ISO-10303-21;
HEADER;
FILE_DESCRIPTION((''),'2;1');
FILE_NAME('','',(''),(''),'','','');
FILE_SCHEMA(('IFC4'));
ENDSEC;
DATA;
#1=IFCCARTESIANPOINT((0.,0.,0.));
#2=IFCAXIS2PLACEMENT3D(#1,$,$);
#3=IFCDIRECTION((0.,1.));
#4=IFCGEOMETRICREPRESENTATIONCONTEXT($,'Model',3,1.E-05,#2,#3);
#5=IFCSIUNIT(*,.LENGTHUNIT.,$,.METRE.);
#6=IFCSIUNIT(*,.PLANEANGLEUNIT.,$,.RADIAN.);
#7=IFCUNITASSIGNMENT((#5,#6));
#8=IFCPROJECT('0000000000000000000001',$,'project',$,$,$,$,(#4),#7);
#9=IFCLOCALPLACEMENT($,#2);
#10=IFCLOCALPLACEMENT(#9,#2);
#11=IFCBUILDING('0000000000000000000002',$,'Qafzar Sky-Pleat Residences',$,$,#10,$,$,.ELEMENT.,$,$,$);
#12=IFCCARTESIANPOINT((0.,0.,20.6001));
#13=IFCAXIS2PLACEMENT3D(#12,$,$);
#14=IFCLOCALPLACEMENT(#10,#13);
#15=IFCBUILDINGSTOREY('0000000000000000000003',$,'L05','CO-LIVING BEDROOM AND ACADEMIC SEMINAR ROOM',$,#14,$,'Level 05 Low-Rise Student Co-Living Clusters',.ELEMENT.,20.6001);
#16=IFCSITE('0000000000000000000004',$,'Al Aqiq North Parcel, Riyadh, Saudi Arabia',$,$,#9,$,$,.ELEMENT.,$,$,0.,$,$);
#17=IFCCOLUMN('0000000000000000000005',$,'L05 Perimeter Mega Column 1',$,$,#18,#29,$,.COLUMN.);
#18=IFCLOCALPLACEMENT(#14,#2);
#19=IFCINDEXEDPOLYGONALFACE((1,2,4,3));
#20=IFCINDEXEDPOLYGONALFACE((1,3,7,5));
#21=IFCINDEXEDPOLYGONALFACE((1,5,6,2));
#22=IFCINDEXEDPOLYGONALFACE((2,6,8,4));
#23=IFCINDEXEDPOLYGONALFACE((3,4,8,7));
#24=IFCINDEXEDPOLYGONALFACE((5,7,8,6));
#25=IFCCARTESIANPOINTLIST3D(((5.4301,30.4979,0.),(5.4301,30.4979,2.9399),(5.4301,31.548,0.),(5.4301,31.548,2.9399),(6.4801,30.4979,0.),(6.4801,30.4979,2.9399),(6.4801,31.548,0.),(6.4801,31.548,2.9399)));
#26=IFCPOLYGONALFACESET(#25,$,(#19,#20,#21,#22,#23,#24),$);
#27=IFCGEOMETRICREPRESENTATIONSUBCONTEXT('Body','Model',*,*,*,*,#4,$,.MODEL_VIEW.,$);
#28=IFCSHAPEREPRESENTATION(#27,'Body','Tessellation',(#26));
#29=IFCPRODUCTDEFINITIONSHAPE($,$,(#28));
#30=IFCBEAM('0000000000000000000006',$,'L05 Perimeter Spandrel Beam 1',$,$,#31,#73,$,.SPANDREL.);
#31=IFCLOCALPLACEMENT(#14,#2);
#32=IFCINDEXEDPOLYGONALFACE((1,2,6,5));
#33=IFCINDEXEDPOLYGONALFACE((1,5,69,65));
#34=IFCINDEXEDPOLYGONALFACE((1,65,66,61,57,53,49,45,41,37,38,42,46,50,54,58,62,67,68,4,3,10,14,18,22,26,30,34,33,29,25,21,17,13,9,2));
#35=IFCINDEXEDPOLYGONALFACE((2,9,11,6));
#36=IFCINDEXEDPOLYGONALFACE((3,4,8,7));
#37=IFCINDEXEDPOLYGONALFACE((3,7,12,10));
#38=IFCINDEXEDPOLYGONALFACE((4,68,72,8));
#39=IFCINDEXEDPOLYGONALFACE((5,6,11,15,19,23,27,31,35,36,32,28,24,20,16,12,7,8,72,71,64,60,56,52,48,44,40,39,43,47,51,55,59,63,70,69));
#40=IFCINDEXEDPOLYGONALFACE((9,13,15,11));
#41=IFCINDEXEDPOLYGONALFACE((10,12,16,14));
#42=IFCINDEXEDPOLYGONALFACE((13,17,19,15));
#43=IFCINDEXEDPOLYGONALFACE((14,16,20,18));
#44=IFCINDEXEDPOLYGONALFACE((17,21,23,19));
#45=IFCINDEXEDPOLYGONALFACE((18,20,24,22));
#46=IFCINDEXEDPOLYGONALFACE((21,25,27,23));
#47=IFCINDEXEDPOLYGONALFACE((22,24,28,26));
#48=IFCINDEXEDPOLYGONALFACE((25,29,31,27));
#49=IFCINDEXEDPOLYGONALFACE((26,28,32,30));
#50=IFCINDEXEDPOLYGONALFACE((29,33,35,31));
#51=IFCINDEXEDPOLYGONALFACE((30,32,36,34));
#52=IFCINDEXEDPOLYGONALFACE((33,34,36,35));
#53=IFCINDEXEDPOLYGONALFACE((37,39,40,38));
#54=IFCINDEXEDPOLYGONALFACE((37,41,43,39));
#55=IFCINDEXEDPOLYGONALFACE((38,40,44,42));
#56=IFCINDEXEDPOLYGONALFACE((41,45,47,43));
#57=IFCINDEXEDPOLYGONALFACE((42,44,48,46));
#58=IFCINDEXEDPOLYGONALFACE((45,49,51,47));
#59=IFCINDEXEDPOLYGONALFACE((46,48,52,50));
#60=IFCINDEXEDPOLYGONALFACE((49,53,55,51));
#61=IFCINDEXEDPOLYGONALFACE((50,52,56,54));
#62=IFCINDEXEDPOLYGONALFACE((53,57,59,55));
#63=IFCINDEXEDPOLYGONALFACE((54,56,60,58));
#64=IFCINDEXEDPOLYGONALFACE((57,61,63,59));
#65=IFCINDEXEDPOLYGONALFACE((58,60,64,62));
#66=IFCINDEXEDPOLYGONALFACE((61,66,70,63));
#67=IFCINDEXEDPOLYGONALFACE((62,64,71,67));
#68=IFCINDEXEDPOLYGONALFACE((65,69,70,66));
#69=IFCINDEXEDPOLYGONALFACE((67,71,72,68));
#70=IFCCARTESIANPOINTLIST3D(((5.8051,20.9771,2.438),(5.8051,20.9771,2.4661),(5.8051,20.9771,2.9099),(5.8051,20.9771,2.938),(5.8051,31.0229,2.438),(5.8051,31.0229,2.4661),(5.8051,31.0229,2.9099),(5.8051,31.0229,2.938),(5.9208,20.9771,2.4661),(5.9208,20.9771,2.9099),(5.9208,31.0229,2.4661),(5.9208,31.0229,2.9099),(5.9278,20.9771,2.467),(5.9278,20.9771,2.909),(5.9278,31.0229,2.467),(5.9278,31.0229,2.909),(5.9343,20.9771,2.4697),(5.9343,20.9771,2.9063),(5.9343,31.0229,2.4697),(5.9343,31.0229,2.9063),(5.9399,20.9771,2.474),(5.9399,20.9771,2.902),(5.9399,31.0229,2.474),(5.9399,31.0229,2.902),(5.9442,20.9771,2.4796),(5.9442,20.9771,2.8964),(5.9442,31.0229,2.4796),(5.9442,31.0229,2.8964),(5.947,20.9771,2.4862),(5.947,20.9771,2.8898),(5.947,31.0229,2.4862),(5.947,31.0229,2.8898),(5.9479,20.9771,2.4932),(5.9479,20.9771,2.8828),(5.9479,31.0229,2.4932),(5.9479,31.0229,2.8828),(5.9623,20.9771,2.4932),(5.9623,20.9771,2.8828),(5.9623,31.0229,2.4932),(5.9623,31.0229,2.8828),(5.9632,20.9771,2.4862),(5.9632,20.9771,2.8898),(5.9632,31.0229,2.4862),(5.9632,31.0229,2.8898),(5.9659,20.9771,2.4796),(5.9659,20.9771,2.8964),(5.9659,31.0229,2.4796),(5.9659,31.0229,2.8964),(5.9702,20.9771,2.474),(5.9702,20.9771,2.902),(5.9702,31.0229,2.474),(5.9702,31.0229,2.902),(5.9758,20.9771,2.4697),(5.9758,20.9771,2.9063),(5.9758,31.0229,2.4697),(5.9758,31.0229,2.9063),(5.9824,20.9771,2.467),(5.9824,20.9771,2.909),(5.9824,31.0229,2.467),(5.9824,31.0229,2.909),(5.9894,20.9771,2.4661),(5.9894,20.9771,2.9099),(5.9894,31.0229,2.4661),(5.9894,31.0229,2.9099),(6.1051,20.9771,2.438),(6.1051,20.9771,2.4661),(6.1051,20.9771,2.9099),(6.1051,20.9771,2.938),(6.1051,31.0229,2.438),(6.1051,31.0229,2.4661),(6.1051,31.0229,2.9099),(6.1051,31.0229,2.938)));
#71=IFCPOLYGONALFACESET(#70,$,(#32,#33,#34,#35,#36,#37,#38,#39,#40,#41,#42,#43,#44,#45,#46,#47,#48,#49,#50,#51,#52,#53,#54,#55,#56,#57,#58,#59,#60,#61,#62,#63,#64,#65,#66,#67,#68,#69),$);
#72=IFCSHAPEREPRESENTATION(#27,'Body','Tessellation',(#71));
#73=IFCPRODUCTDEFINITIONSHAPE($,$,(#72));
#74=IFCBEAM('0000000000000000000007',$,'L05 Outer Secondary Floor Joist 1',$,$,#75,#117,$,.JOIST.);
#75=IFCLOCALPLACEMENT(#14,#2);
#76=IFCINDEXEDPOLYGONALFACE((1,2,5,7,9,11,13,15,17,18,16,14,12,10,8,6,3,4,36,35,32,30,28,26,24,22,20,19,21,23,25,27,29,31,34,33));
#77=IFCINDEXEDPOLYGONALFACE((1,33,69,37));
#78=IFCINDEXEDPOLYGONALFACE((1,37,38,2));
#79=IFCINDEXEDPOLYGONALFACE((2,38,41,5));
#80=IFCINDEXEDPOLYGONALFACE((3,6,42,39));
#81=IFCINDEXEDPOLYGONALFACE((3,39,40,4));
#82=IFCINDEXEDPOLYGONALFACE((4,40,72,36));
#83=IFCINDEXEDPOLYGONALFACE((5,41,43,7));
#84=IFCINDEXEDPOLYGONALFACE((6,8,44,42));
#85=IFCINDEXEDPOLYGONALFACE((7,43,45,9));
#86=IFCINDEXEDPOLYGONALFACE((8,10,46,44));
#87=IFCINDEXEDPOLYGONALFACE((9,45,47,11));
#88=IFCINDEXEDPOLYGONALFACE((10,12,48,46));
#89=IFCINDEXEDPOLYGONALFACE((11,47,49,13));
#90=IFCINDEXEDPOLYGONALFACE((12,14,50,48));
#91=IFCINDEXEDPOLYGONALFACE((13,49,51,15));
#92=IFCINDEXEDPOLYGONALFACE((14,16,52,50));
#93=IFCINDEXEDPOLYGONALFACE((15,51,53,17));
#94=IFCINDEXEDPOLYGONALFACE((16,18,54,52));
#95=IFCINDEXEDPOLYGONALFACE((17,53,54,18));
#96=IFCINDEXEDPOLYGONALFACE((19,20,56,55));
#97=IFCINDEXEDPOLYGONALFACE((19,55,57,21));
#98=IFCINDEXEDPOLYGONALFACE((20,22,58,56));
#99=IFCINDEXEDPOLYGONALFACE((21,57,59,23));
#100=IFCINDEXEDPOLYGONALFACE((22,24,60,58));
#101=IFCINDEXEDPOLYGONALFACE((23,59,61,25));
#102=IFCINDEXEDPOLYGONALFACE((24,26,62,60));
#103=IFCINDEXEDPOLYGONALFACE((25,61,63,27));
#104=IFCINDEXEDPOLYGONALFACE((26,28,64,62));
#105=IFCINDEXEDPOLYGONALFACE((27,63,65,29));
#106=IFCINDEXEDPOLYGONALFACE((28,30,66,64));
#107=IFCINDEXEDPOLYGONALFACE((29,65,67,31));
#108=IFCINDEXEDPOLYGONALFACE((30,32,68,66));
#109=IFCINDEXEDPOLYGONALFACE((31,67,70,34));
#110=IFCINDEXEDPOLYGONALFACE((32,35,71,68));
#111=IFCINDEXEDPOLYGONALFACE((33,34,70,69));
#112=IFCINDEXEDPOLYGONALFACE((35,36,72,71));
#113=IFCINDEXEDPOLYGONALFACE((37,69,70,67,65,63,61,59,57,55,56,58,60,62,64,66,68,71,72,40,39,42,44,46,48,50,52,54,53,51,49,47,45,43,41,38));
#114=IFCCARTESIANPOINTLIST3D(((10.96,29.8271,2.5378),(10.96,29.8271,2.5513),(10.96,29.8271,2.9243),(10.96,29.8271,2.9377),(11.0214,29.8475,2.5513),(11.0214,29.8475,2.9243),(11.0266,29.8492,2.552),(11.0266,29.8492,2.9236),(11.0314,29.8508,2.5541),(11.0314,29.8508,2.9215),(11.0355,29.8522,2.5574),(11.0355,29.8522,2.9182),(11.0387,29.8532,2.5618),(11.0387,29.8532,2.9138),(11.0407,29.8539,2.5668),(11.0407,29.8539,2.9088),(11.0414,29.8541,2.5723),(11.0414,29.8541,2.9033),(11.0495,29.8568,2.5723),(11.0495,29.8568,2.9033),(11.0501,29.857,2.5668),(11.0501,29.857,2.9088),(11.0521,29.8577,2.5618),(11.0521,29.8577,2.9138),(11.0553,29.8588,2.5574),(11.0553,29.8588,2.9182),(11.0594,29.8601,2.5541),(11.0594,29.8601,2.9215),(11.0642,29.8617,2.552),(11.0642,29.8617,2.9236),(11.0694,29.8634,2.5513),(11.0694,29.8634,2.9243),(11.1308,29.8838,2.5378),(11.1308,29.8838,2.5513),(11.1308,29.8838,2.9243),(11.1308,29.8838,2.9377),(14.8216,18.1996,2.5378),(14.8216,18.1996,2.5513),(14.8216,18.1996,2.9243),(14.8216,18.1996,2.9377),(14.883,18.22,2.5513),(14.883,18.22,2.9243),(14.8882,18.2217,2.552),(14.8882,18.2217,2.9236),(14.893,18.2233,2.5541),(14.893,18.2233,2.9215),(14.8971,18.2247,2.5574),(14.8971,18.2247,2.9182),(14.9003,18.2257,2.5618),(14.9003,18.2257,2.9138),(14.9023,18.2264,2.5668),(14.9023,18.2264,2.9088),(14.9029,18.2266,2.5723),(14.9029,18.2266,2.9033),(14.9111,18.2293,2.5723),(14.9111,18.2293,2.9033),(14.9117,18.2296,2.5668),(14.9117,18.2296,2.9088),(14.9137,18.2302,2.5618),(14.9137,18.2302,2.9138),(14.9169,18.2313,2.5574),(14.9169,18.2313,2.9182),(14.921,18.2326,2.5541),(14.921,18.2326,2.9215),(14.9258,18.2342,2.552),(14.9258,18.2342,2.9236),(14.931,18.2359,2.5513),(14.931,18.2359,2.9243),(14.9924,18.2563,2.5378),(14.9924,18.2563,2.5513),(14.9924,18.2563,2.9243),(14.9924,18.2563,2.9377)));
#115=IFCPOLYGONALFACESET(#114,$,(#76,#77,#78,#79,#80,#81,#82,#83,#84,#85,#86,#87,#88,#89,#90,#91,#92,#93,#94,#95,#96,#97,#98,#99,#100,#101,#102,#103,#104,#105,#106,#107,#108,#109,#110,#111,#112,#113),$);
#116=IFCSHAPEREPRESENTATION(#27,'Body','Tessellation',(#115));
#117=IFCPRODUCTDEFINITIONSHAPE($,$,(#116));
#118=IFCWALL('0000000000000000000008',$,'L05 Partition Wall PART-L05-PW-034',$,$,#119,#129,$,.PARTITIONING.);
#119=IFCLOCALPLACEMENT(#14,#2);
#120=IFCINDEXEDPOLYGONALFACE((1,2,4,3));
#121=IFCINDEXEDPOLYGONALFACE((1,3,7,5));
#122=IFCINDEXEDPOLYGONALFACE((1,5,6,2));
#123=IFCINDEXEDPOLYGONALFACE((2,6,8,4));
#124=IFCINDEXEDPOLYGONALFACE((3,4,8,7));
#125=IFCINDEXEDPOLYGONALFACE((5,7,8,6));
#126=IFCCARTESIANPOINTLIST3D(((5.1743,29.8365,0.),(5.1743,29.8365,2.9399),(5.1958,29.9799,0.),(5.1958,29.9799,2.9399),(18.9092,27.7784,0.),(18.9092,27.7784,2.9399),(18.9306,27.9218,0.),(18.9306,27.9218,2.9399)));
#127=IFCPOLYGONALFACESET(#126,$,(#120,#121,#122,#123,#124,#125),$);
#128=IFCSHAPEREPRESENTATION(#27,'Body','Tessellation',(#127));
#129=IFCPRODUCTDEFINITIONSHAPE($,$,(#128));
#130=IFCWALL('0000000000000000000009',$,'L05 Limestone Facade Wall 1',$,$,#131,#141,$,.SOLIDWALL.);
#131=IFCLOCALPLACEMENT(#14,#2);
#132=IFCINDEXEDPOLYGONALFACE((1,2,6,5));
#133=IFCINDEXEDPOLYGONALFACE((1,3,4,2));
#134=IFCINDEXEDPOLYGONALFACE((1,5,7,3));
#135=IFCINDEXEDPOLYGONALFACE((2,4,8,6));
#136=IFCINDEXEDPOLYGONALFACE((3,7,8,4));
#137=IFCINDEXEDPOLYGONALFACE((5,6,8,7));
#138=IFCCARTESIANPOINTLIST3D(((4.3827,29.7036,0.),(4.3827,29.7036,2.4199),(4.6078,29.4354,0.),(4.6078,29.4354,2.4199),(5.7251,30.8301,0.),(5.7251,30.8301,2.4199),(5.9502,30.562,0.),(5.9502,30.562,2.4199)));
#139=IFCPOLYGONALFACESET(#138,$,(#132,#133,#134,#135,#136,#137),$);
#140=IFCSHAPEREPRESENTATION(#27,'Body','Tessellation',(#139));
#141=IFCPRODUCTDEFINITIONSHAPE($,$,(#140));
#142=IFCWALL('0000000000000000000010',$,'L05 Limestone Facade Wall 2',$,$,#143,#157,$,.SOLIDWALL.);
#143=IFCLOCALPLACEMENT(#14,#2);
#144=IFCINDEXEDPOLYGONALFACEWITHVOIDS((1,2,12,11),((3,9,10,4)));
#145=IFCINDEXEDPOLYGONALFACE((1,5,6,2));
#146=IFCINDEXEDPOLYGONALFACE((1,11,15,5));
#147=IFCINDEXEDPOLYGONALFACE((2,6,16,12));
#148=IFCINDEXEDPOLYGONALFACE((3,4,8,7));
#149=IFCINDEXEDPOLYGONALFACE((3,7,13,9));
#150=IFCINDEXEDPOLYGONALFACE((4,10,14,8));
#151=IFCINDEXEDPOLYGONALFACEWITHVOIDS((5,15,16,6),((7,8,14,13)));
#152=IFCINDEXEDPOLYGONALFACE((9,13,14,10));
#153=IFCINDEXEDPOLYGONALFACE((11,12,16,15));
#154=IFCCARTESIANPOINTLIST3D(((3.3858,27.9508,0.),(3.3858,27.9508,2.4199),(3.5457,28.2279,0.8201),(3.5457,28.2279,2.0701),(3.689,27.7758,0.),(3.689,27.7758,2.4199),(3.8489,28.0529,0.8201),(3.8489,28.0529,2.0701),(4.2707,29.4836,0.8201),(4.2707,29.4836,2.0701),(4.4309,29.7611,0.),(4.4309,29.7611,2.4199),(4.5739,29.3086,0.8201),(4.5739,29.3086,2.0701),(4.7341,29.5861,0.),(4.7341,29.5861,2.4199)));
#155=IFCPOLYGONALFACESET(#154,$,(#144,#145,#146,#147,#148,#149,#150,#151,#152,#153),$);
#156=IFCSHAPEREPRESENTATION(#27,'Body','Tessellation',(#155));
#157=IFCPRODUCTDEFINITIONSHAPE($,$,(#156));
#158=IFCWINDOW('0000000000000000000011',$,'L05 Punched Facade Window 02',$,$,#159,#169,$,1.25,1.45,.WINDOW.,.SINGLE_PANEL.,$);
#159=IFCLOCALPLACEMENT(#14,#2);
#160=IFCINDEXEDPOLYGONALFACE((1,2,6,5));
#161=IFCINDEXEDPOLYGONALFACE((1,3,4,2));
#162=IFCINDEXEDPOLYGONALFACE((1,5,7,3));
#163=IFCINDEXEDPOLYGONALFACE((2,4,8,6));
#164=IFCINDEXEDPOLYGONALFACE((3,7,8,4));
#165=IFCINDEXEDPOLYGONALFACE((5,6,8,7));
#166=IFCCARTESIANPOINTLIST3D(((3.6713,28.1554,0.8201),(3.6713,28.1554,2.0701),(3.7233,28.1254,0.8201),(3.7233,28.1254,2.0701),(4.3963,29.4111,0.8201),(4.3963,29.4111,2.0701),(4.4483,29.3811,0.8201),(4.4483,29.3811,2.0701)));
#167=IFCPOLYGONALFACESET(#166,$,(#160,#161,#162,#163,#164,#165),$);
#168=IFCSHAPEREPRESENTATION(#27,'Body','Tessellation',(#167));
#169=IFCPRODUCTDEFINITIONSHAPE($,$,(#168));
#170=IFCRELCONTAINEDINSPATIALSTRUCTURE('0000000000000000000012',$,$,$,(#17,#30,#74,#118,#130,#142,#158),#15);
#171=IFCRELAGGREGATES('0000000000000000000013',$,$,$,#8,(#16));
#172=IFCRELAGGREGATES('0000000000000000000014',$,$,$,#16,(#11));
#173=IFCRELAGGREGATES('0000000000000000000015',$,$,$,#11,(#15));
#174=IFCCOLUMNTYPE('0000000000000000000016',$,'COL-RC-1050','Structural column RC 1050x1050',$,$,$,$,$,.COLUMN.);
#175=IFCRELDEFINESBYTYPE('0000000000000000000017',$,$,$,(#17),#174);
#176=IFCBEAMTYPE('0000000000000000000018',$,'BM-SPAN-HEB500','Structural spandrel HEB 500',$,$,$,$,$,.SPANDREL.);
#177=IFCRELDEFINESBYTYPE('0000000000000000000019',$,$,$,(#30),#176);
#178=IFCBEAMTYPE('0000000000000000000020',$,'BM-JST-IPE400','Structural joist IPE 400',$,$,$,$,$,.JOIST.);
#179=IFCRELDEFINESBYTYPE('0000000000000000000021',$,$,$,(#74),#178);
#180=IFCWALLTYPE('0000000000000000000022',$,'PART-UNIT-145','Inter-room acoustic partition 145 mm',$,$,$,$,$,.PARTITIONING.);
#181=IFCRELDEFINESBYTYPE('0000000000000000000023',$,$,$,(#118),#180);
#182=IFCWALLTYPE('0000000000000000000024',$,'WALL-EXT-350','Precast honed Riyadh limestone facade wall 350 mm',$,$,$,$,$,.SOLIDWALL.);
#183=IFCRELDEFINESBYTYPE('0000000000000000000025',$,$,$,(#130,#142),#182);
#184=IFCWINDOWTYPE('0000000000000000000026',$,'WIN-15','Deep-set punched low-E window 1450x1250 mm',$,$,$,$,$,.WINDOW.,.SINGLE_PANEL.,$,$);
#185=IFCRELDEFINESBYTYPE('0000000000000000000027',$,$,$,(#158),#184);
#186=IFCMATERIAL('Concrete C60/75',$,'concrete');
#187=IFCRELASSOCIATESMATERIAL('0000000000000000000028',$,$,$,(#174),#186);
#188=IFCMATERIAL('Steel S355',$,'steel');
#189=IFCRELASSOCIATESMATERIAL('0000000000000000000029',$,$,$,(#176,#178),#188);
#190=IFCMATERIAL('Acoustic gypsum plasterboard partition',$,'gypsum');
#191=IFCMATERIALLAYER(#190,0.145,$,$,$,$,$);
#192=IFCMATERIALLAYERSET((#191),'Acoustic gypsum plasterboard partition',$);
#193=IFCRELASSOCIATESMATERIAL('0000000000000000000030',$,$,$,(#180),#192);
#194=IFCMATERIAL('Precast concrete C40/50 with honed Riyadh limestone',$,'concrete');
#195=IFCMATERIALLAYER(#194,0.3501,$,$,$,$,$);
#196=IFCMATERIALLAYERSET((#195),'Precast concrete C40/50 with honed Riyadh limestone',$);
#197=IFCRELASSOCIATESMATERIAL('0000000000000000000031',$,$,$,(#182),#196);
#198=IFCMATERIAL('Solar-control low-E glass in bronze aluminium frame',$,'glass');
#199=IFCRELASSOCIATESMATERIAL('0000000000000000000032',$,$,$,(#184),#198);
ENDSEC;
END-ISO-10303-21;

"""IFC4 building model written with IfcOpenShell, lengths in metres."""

from ifc_helpers import new_model, si_unit, direction, frame, frame_2d, origin, origin_2d, place, context, subcontext, project, spatial, rectangle, i_section, extrude, source, transform, mapped, material, layer, layer_set, material_profile, profile_set, type_object, element, fill, save


model = new_model("IFC4")

# Units and contexts
model_context = context("Model", 3, precision=1e-05, world=origin(), true_north=direction((0.0, 1.0)))
body_context = subcontext(model_context, "Body", "Model", "MODEL_VIEW")
ifc_project = project(units=[si_unit("LENGTHUNIT", "METRE"), si_unit("PLANEANGLEUNIT", "RADIAN")], contexts=[model_context])

# Site, building, storey
site_placement = place(None, origin())
site = spatial("IfcSite", under=ifc_project, at=site_placement, Name="Al Aqiq North Parcel, Riyadh, Saudi Arabia", CompositionType="ELEMENT", RefElevation=0.0)
building_placement = place(site_placement, origin())
building = spatial("IfcBuilding", under=site, at=building_placement, Name="Qafzar Sky-Pleat Residences", CompositionType="ELEMENT")
storey_placement = place(building_placement, frame((0.0, 0.0, 20.6001)))
storey = spatial("IfcBuildingStorey", under=building, at=storey_placement, Name="L05", Description="CO-LIVING BEDROOM AND ACADEMIC SEMINAR ROOM", LongName="Level 05 Low-Rise Student Co-Living Clusters", CompositionType="ELEMENT", Elevation=20.6001)

# Column
ifc_material_1 = material(Name="Concrete C60/75", Category="concrete")
ifc_material_profile_1 = material_profile(ifc_material_1, rectangle(XDim=1.05, YDim=1.05, at=origin_2d()), Name="RC 1050x1050")
ifc_profile_set_1 = profile_set([ifc_material_profile_1], Name="Concrete C60/75")
column_type = type_object("IfcColumnType", Name="COL-RC-1050", Description="Structural column RC 1050x1050", PredefinedType="COLUMN", material=ifc_profile_set_1)
shared_shape_1 = source(origin(), body_context, "Body", "SweptSolid", [
    extrude(rectangle(XDim=1.05, YDim=1.05, at=origin_2d()), origin(), (0.0, 0.0, 1.0), 2.9399),
])
column_placement = place(storey_placement, frame((5.9551, 31.0229, 0.0), z_axis=(0.0, 0.0, 1.0), x_axis=(1.0, 0.0, 0.0)))
element("IfcColumn", 1, at=column_placement, inside=storey, type_object=column_type, Name="L05 Perimeter Mega Column 1", PredefinedType="COLUMN", context=body_context, shape_type="MappedRepresentation", body=[
    mapped(shared_shape_1, transform((0.0, 0.0, 0.0), x_axis=(1.0, 0.0, 0.0), y_axis=(0.0, 1.0, 0.0), z_axis=(0.0, 0.0, 1.0), scale=1.0)),
])

# Beams
ifc_material_2 = material(Name="Steel S355", Category="steel")
ifc_material_profile_2 = material_profile(ifc_material_2, i_section(OverallWidth=0.3, OverallDepth=0.5, WebThickness=0.0144, FlangeThickness=0.0281, FilletRadius=0.0271, at=origin_2d()), Name="HEB 500")
ifc_profile_set_2 = profile_set([ifc_material_profile_2], Name="Steel S355")
beam_type_1 = type_object("IfcBeamType", Name="BM-SPAN-HEB500", Description="Structural spandrel HEB 500", PredefinedType="SPANDREL", material=ifc_profile_set_2)
shared_shape_2 = source(origin(), body_context, "Body", "SweptSolid", [
    extrude(i_section(OverallWidth=0.3, OverallDepth=0.5, WebThickness=0.0144, FlangeThickness=0.0281, FilletRadius=0.0271, at=origin_2d()), origin(), (0.0, 0.0, 1.0), 10.0459),
])
beam_1_placement = place(storey_placement, frame((5.9551, 31.0229, 2.688), z_axis=(0.0, -1.0, 0.0), x_axis=(1.0, 0.0, 0.0)))
element("IfcBeam", 2, at=beam_1_placement, inside=storey, type_object=beam_type_1, Name="L05 Perimeter Spandrel Beam 1", PredefinedType="SPANDREL", context=body_context, shape_type="MappedRepresentation", body=[
    mapped(shared_shape_2, transform((0.0, 0.0, 0.0), x_axis=(1.0, 0.0, 0.0), y_axis=(0.0, 1.0, 0.0), z_axis=(0.0, 0.0, 1.0), scale=1.0)),
])
ifc_material_profile_3 = material_profile(ifc_material_2, i_section(OverallWidth=0.1799, OverallDepth=0.3999, WebThickness=0.0085, FlangeThickness=0.0134, FilletRadius=0.021, at=origin_2d()), Name="IPE 400")
ifc_profile_set_3 = profile_set([ifc_material_profile_3], Name="Steel S355")
beam_type_2 = type_object("IfcBeamType", Name="BM-JST-IPE400", Description="Structural joist IPE 400", PredefinedType="JOIST", material=ifc_profile_set_3)
shared_shape_3 = source(origin(), body_context, "Body", "SweptSolid", [
    extrude(i_section(OverallWidth=0.1799, OverallDepth=0.3999, WebThickness=0.0085, FlangeThickness=0.0134, FilletRadius=0.021, at=origin_2d()), origin(), (0.0, 0.0, 1.0), 12.252),
])
beam_2_placement = place(storey_placement, frame((11.0454, 29.8555, 2.7378), z_axis=(0.315181, -0.949031, 0.0), x_axis=(0.949031, 0.315181, 0.0)))
element("IfcBeam", 3, at=beam_2_placement, inside=storey, type_object=beam_type_2, Name="L05 Outer Secondary Floor Joist 1", PredefinedType="JOIST", context=body_context, shape_type="MappedRepresentation", body=[
    mapped(shared_shape_3, transform((0.0, 0.0, 0.0), x_axis=(1.0, 0.0, 0.0), y_axis=(0.0, 1.0, 0.0), z_axis=(0.0, 0.0, 1.0), scale=1.0)),
])

# Walls
ifc_material_3 = material(Name="Acoustic gypsum plasterboard partition", Category="gypsum")
ifc_layer_1 = layer(ifc_material_3, 0.145)
ifc_layer_set_1 = layer_set([ifc_layer_1], Name="Acoustic gypsum plasterboard partition")
wall_type_1 = type_object("IfcWallType", Name="PART-UNIT-145", Description="Inter-room acoustic partition 145 mm", PredefinedType="PARTITIONING", material=ifc_layer_set_1)
wall_1_placement = place(storey_placement, frame((5.1851, 29.9082, 0.0), z_axis=(0.0, 0.0, 1.0), x_axis=(0.988959, -0.148191, 0.0)))
element("IfcWall", 4, at=wall_1_placement, inside=storey, type_object=wall_type_1, Name="L05 Partition Wall PART-L05-PW-034", PredefinedType="PARTITIONING", context=body_context, shape_type="SweptSolid", body=[
    extrude(rectangle(XDim=13.8882, YDim=0.145, at=frame_2d((6.9441, 0.0))), origin(), (0.0, 0.0, 1.0), 2.9399),
])
ifc_material_4 = material(Name="Precast concrete C40/50 with honed Riyadh limestone", Category="concrete")
ifc_layer_2 = layer(ifc_material_4, 0.3501)
ifc_layer_set_2 = layer_set([ifc_layer_2], Name="Precast concrete C40/50 with honed Riyadh limestone")
wall_type_2 = type_object("IfcWallType", Name="WALL-EXT-350", Description="Precast honed Riyadh limestone facade wall 350 mm", PredefinedType="SOLIDWALL", material=ifc_layer_set_2)
wall_2_placement = place(storey_placement, frame((5.8376, 30.696, 0.0), z_axis=(0.0, 0.0, 1.0), x_axis=(-0.766001, -0.642839, 0.0)))
element("IfcWall", 5, at=wall_2_placement, inside=storey, type_object=wall_type_2, Name="L05 Limestone Facade Wall 1", PredefinedType="SOLIDWALL", context=body_context, shape_type="SweptSolid", body=[
    extrude(rectangle(XDim=1.7524, YDim=0.3501, at=frame_2d((0.8762, 0.0))), origin(), (0.0, 0.0, 1.0), 2.4199),
])

# Wall, opening, window
wall_3_placement = place(storey_placement, frame((4.5825, 29.6736, 0.0), z_axis=(0.0, 0.0, 1.0), x_axis=(-0.499995, -0.866028, 0.0)))
wall_3 = element("IfcWall", 6, at=wall_3_placement, inside=storey, type_object=wall_type_2, Name="L05 Limestone Facade Wall 2", PredefinedType="SOLIDWALL", context=body_context, shape_type="SweptSolid", body=[
    extrude(rectangle(XDim=2.0903, YDim=0.3501, at=frame_2d((1.0452, 0.0))), origin(), (0.0, 0.0, 1.0), 2.4199),
])
opening_1_placement = place(wall_3_placement, frame((0.3203, 0.0, 0.8201)))
opening_1 = element("IfcOpeningElement", 7, at=opening_1_placement, cuts=wall_3, PredefinedType="OPENING", context=body_context, shape_type="SweptSolid", body=[
    extrude(rectangle(XDim=1.45, YDim=1.25, at=frame_2d((0.7251, 0.625))), frame((0.0, 0.1851, 0.0), z_axis=(0.0, -1.0, 0.0), x_axis=(1.0, 0.0, 0.0)), (0.0, 0.0, 1.0), 0.3701),
])
ifc_material_5 = material(Name="Solar-control low-E glass in bronze aluminium frame", Category="glass")
window_type = type_object("IfcWindowType", Name="WIN-15", Description="Deep-set punched low-E window 1450x1250 mm", PartitioningType="SINGLE_PANEL", PredefinedType="WINDOW", material=ifc_material_5)
shared_shape_4 = source(origin(), body_context, "Body", "SweptSolid", [
    extrude(rectangle(XDim=1.45, YDim=1.25, at=frame_2d((0.7251, 0.625))), frame((0.0, 0.03, 0.0), z_axis=(0.0, -1.0, 0.0), x_axis=(1.0, 0.0, 0.0)), (0.0, 0.0, 1.0), 0.0601),
])
window_1_placement = place(opening_1_placement, origin())
window_1 = element("IfcWindow", 8, at=window_1_placement, inside=storey, type_object=window_type, Name="L05 Punched Facade Window 02", OverallHeight=1.25, OverallWidth=1.45, PartitioningType="SINGLE_PANEL", PredefinedType="WINDOW", context=body_context, shape_type="MappedRepresentation", body=[
    mapped(shared_shape_4, transform((0.0, 0.0, 0.0), x_axis=(1.0, 0.0, 0.0), y_axis=(0.0, 1.0, 0.0), z_axis=(0.0, 0.0, 1.0), scale=1.0)),
])
fill(opening_1, window_1)

save(model, "model.ifc")
